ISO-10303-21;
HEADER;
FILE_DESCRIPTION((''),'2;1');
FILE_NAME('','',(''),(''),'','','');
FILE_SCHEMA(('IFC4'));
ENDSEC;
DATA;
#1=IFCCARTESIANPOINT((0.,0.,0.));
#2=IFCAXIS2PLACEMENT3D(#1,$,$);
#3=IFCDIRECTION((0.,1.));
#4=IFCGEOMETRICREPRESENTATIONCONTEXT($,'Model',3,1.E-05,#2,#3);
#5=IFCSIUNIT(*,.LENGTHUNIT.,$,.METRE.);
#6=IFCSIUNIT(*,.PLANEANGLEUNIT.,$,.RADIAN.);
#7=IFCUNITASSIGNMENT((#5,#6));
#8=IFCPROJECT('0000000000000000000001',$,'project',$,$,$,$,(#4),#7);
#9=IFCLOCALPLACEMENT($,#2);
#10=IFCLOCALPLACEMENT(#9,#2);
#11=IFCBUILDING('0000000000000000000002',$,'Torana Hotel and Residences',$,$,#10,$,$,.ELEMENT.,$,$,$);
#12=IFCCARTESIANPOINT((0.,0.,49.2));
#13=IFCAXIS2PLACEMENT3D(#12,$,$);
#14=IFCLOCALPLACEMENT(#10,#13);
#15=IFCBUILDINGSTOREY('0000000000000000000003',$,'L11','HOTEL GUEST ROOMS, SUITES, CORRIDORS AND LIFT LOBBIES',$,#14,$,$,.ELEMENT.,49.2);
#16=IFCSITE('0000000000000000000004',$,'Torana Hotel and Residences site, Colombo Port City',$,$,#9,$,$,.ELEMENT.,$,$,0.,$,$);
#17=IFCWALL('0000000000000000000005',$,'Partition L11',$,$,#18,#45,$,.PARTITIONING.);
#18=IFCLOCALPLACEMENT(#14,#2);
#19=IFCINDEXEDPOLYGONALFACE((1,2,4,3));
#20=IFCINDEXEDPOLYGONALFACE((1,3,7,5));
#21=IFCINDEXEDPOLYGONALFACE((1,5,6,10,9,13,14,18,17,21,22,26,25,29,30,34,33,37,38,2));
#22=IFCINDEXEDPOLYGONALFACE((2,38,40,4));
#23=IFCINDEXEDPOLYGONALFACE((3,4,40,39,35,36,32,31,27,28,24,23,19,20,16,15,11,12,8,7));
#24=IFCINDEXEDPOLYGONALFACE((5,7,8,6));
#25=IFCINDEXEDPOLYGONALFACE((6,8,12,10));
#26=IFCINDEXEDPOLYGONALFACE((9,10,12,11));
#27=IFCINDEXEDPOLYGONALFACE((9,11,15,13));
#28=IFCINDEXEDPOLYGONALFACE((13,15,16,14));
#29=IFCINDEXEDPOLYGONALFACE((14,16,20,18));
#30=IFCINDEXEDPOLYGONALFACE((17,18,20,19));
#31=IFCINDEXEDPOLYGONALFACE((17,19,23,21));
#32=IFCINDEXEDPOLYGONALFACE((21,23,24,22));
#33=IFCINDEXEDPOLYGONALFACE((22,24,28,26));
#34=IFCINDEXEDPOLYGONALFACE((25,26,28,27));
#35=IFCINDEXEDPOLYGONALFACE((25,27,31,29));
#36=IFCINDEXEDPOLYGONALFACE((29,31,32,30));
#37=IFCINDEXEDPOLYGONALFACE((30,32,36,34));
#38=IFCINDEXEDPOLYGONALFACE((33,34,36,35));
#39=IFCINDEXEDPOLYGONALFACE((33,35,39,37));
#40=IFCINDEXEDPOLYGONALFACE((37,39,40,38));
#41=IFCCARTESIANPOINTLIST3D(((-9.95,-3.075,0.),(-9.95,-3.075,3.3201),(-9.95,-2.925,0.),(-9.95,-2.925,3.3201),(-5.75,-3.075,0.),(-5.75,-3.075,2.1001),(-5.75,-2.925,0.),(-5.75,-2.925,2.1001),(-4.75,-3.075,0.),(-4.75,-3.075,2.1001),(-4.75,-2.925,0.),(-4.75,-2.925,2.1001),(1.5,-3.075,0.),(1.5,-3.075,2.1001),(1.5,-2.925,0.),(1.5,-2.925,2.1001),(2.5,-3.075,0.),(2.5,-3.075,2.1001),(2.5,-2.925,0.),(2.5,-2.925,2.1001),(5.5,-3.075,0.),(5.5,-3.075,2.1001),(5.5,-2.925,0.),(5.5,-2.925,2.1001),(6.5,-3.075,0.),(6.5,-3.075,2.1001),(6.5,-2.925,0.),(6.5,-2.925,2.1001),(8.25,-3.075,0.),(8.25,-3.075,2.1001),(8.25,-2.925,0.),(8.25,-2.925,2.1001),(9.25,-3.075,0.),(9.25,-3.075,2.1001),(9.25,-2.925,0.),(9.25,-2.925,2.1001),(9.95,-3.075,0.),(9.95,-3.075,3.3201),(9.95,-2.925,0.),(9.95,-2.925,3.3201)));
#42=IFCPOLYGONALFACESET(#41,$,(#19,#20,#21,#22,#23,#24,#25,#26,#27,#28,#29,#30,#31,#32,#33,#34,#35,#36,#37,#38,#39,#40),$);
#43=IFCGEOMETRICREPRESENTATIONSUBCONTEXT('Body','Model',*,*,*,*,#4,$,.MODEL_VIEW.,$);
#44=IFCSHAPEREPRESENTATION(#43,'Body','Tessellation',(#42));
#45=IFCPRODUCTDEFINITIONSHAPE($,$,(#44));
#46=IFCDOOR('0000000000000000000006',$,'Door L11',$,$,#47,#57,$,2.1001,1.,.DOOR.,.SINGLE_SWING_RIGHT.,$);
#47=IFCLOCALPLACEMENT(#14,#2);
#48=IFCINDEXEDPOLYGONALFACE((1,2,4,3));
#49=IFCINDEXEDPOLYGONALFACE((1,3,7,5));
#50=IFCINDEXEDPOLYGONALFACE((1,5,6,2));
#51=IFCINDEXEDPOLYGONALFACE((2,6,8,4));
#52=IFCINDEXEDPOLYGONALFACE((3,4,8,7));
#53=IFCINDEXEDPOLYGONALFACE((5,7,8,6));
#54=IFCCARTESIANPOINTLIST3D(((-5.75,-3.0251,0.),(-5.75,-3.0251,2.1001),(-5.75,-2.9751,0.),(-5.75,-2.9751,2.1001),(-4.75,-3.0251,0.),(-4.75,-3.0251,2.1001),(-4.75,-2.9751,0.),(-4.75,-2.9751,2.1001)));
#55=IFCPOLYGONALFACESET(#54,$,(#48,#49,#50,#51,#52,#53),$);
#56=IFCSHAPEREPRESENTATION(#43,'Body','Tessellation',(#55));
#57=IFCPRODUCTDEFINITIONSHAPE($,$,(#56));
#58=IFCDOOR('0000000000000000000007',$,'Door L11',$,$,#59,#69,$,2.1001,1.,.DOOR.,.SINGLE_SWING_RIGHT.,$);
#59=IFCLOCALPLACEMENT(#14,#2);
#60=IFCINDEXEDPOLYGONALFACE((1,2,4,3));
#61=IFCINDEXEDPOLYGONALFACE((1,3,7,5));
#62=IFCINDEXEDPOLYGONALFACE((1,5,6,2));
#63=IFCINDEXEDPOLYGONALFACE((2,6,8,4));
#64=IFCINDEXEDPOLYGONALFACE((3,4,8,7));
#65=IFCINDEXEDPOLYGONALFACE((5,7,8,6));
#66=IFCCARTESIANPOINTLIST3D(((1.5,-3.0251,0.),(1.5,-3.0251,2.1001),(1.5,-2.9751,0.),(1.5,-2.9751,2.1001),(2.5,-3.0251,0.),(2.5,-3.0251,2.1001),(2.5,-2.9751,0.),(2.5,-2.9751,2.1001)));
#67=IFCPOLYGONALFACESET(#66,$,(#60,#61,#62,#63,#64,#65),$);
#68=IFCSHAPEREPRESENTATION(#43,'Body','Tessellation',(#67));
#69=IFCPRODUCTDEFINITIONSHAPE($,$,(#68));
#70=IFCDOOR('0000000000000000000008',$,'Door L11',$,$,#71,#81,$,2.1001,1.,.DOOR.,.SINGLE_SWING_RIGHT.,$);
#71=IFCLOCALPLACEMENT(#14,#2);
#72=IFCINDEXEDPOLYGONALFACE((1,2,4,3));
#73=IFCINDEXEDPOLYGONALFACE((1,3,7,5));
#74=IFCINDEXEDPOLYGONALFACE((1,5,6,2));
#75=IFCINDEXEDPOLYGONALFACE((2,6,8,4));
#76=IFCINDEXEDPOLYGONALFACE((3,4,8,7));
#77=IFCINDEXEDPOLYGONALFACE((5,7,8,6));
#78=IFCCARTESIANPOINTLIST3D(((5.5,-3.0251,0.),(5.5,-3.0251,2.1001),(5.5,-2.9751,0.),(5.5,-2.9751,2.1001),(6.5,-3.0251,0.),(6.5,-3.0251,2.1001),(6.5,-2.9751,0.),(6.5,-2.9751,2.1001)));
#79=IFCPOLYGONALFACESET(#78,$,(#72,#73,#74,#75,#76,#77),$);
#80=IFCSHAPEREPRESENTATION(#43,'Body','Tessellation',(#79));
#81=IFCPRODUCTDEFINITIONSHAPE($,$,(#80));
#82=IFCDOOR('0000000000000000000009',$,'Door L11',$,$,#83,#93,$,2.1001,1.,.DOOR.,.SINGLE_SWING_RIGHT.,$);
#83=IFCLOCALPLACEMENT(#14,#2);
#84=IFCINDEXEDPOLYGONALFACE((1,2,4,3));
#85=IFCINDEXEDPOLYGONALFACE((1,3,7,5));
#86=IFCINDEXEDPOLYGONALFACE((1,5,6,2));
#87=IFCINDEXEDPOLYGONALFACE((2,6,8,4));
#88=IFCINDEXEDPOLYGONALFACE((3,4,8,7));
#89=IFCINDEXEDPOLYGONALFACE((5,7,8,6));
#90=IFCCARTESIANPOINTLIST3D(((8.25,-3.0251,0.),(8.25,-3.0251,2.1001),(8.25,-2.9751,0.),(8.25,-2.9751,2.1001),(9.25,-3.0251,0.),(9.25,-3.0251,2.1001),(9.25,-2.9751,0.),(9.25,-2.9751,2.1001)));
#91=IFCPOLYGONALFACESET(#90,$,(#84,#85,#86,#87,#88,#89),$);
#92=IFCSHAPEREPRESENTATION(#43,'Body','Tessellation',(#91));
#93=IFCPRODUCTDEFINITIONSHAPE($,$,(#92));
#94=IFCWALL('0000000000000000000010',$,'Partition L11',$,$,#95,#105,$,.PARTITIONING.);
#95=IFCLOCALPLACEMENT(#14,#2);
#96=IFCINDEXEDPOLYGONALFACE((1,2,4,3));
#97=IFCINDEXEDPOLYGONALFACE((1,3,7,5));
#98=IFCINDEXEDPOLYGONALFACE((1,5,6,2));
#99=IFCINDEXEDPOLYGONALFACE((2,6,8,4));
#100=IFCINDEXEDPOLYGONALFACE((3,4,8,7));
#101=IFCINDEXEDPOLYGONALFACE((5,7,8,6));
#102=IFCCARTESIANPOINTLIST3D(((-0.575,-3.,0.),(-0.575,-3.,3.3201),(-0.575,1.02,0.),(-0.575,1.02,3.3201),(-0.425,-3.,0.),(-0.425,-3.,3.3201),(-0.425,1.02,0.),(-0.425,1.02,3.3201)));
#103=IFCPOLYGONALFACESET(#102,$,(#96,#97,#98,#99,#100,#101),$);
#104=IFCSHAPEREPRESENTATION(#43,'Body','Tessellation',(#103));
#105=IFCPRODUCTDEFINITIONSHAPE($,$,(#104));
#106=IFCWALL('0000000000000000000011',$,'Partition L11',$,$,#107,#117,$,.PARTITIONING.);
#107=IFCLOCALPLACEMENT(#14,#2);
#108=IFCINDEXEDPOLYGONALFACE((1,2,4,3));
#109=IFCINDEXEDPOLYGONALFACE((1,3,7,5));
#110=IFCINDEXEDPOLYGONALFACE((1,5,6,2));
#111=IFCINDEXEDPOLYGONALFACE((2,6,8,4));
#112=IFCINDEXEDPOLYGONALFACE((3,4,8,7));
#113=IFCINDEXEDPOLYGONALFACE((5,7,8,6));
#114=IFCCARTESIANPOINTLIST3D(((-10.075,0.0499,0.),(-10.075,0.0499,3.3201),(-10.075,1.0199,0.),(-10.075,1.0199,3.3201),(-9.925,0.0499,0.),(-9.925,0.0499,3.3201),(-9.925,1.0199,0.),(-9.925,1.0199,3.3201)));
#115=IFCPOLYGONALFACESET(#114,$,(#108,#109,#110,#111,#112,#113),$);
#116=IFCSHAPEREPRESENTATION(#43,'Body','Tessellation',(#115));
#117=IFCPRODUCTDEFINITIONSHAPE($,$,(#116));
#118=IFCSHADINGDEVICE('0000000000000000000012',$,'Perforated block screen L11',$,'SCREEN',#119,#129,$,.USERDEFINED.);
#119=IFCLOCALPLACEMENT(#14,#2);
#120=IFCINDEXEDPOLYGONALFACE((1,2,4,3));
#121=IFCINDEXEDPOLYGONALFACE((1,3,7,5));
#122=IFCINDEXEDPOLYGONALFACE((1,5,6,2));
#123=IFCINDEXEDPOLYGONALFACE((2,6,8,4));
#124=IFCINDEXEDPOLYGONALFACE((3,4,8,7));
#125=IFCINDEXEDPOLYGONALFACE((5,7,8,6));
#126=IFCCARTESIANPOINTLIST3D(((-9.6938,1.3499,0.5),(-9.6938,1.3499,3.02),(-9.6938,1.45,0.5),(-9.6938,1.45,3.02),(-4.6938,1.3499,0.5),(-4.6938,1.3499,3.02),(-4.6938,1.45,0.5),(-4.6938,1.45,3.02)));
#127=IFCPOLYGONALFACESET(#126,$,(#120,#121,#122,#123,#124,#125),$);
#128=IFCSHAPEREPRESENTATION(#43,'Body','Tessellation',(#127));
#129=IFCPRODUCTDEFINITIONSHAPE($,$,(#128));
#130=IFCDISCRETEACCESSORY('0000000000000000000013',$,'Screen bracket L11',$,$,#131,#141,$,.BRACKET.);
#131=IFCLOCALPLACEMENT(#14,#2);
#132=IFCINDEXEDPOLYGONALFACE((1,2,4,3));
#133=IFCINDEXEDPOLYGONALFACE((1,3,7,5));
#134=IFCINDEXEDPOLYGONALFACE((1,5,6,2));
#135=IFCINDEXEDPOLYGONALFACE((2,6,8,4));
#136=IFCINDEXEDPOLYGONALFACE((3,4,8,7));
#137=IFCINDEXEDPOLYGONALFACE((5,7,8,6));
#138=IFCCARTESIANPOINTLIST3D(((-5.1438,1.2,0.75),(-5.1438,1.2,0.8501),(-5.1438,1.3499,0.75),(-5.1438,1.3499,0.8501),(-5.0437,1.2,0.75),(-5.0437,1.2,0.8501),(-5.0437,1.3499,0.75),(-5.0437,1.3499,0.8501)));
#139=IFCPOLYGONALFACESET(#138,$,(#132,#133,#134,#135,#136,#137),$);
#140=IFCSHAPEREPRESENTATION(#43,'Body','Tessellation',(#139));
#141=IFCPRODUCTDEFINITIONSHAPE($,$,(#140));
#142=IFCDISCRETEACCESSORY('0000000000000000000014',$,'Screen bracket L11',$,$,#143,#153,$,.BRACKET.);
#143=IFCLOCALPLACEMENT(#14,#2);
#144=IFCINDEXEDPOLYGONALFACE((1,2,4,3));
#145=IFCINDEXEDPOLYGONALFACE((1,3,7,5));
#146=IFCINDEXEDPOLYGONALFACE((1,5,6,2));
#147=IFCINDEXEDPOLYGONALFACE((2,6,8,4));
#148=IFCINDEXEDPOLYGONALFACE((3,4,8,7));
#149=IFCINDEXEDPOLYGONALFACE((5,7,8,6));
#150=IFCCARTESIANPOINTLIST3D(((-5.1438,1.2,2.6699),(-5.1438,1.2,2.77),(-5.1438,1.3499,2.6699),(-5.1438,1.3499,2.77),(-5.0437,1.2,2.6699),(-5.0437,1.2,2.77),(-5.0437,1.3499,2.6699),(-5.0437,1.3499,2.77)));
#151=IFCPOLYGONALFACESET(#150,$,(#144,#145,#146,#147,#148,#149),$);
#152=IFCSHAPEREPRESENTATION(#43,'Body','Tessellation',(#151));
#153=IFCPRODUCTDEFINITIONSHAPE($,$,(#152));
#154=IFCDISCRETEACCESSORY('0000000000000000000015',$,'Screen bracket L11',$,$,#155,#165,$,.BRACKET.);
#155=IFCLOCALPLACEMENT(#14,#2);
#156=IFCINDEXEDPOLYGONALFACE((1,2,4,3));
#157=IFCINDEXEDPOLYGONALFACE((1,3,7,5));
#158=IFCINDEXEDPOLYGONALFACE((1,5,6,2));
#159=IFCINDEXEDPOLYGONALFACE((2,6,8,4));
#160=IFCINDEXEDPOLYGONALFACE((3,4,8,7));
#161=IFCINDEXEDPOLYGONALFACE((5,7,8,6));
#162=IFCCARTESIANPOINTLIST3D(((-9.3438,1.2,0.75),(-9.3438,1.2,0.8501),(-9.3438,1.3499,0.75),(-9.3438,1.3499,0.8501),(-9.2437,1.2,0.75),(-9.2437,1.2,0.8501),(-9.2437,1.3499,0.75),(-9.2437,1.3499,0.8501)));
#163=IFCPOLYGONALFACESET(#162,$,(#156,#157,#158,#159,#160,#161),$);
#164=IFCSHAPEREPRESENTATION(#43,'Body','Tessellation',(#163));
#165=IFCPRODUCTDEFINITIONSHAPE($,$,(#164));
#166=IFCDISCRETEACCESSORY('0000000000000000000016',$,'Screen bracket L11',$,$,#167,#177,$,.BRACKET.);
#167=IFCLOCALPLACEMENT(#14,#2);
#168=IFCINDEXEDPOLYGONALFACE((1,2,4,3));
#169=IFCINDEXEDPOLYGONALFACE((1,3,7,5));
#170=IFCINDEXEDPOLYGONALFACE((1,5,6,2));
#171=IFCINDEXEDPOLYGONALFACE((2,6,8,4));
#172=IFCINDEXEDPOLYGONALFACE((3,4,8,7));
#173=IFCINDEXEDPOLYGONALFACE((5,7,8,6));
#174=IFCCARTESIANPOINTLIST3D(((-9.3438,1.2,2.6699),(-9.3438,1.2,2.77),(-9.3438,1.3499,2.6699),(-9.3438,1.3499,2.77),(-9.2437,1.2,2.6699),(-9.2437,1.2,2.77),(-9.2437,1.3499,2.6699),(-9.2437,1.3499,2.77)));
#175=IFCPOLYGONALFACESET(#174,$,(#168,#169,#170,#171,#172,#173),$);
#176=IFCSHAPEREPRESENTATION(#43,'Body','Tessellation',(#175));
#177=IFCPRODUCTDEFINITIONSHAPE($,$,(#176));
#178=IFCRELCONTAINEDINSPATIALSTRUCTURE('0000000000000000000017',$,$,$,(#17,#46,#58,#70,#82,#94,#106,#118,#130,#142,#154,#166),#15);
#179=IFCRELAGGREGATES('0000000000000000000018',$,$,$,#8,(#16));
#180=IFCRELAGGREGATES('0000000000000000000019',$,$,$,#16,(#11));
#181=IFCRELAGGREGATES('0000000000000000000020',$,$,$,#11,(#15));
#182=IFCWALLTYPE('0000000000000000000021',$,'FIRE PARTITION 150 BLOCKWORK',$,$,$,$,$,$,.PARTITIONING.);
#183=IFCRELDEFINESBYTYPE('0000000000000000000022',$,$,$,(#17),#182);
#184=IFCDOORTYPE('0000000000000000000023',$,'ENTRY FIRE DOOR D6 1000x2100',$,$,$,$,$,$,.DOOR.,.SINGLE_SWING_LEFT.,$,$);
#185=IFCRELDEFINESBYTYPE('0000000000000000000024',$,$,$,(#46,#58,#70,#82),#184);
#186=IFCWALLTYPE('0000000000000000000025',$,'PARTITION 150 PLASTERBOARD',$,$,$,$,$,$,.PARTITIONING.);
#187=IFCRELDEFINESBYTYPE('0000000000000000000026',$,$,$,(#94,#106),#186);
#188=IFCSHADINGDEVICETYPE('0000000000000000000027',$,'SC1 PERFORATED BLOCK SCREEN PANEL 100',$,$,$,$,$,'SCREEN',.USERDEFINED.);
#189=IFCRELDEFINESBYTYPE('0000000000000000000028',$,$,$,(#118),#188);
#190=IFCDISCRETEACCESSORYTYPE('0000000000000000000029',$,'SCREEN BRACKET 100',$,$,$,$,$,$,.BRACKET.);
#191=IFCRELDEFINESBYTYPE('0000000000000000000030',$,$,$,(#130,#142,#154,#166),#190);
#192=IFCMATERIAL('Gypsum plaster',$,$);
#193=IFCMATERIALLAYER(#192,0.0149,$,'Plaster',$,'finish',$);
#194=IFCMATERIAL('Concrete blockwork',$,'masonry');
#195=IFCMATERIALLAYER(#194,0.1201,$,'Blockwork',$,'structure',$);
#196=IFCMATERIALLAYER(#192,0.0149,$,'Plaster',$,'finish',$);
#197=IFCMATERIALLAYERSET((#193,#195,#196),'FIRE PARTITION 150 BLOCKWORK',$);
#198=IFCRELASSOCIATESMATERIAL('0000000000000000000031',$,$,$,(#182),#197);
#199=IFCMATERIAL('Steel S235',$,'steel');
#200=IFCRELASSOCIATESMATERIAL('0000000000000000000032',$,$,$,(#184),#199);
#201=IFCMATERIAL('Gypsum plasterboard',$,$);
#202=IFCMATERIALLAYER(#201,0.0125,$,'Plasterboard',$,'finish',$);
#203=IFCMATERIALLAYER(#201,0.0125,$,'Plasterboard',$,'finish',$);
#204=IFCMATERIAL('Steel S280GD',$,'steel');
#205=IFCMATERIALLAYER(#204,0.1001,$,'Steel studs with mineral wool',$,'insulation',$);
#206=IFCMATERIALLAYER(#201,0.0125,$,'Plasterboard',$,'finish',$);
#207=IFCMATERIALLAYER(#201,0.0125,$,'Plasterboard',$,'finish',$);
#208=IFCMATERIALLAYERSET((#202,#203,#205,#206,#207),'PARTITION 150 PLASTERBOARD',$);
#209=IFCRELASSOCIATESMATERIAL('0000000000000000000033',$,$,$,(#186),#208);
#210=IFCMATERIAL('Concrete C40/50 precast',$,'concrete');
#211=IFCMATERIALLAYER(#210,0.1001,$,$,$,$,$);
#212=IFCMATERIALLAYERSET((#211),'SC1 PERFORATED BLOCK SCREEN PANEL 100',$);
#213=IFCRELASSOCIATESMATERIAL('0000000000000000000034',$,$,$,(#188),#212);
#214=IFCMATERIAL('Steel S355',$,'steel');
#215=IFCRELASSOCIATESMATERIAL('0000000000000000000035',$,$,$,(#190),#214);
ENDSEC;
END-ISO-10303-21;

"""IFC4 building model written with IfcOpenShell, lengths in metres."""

from ifc_helpers import new_model, si_unit, direction, frame, frame_2d, origin, origin_2d, place, context, subcontext, project, spatial, rectangle, extrude, material, layer, layer_set, type_object, element, fill, save


model = new_model("IFC4")

# Units and contexts
model_context = context("Model", 3, precision=1e-05, world=origin(), true_north=direction((0.0, 1.0)))
body_context = subcontext(model_context, "Body", "Model", "MODEL_VIEW")
ifc_project = project(units=[si_unit("LENGTHUNIT", "METRE"), si_unit("PLANEANGLEUNIT", "RADIAN")], contexts=[model_context])

# Site, building, storey
site_placement = place(None, origin())
site = spatial("IfcSite", under=ifc_project, at=site_placement, Name="Torana Hotel and Residences site, Colombo Port City", CompositionType="ELEMENT", RefElevation=0.0)
building_placement = place(site_placement, origin())
building = spatial("IfcBuilding", under=site, at=building_placement, Name="Torana Hotel and Residences", CompositionType="ELEMENT")
storey_placement = place(building_placement, frame((0.0, 0.0, 49.2)))
storey = spatial("IfcBuildingStorey", under=building, at=storey_placement, Name="L11", Description="HOTEL GUEST ROOMS, SUITES, CORRIDORS AND LIFT LOBBIES", CompositionType="ELEMENT", Elevation=49.2)

# Shared definitions
ifc_material_1 = material(Name="Gypsum plaster")
ifc_layer_1 = layer(ifc_material_1, 0.0149, Name="Plaster", Category="finish")
ifc_material_2 = material(Name="Concrete blockwork", Category="masonry")
ifc_layer_2 = layer(ifc_material_2, 0.1201, Name="Blockwork", Category="structure")
ifc_layer_3 = layer(ifc_material_1, 0.0149, Name="Plaster", Category="finish")
ifc_layer_set_1 = layer_set([ifc_layer_1, ifc_layer_2, ifc_layer_3], Name="FIRE PARTITION 150 BLOCKWORK")
wall_type_1 = type_object("IfcWallType", Name="FIRE PARTITION 150 BLOCKWORK", PredefinedType="PARTITIONING", material=ifc_layer_set_1)

# Wall, openings, doors
ifc_material_3 = material(Name="Steel S235", Category="steel")
door_type = type_object("IfcDoorType", Name="ENTRY FIRE DOOR D6 1000x2100", OperationType="SINGLE_SWING_LEFT", PredefinedType="DOOR", material=ifc_material_3)
wall_1_placement = place(storey_placement, frame((-9.95, -3.0, 0.0), z_axis=(0.0, 0.0, 1.0), x_axis=(1.0, 0.0, 0.0)))
wall_1 = element("IfcWall", 1, at=wall_1_placement, inside=storey, type_object=wall_type_1, Name="Partition L11", PredefinedType="PARTITIONING", context=body_context, shape_type="SweptSolid", body=[
    extrude(rectangle(XDim=19.8999, YDim=0.1499, at=frame_2d((9.95, 0.0))), origin(), (0.0, 0.0, 1.0), 3.3201),
])
opening_1_placement = place(wall_1_placement, frame((4.2, 0.0, 0.0)))
opening_1 = element("IfcOpeningElement", 2, at=opening_1_placement, cuts=wall_1, PredefinedType="OPENING", context=body_context, shape_type="SweptSolid", body=[
    extrude(rectangle(XDim=1.0, YDim=2.1001, at=frame_2d((0.5, 1.05))), frame((0.0, 0.085, 0.0), z_axis=(0.0, -1.0, 0.0), x_axis=(1.0, 0.0, 0.0)), (0.0, 0.0, 1.0), 0.1699),
])
opening_2_placement = place(wall_1_placement, frame((11.45, 0.0, 0.0)))
opening_2 = element("IfcOpeningElement", 3, at=opening_2_placement, cuts=wall_1, PredefinedType="OPENING", context=body_context, shape_type="SweptSolid", body=[
    extrude(rectangle(XDim=1.0, YDim=2.1001, at=frame_2d((0.5, 1.05))), frame((0.0, 0.085, 0.0), z_axis=(0.0, -1.0, 0.0), x_axis=(1.0, 0.0, 0.0)), (0.0, 0.0, 1.0), 0.1699),
])
opening_3_placement = place(wall_1_placement, frame((15.45, 0.0, 0.0)))
opening_3 = element("IfcOpeningElement", 4, at=opening_3_placement, cuts=wall_1, PredefinedType="OPENING", context=body_context, shape_type="SweptSolid", body=[
    extrude(rectangle(XDim=1.0, YDim=2.1001, at=frame_2d((0.5, 1.05))), frame((0.0, 0.085, 0.0), z_axis=(0.0, -1.0, 0.0), x_axis=(1.0, 0.0, 0.0)), (0.0, 0.0, 1.0), 0.1699),
])
opening_4_placement = place(wall_1_placement, frame((18.2, 0.0, 0.0)))
opening_4 = element("IfcOpeningElement", 5, at=opening_4_placement, cuts=wall_1, PredefinedType="OPENING", context=body_context, shape_type="SweptSolid", body=[
    extrude(rectangle(XDim=1.0, YDim=2.1001, at=frame_2d((0.5, 1.05))), frame((0.0, 0.085, 0.0), z_axis=(0.0, -1.0, 0.0), x_axis=(1.0, 0.0, 0.0)), (0.0, 0.0, 1.0), 0.1699),
])
door_1_placement = place(opening_1_placement, origin())
door_1 = element("IfcDoor", 6, at=door_1_placement, inside=storey, type_object=door_type, Name="Door L11", OperationType="SINGLE_SWING_RIGHT", OverallHeight=2.1001, OverallWidth=1.0, PredefinedType="DOOR", context=body_context, shape_type="SweptSolid", body=[
    extrude(rectangle(XDim=1.0, YDim=2.1001, at=frame_2d((0.5, 1.05))), frame((0.0, 0.0249, 0.0), z_axis=(0.0, -1.0, 0.0), x_axis=(1.0, 0.0, 0.0)), (0.0, 0.0, 1.0), 0.05),
])
fill(opening_1, door_1)
door_2_placement = place(opening_2_placement, origin())
door_2 = element("IfcDoor", 7, at=door_2_placement, inside=storey, type_object=door_type, Name="Door L11", OperationType="SINGLE_SWING_RIGHT", OverallHeight=2.1001, OverallWidth=1.0, PredefinedType="DOOR", context=body_context, shape_type="SweptSolid", body=[
    extrude(rectangle(XDim=1.0, YDim=2.1001, at=frame_2d((0.5, 1.05))), frame((0.0, 0.0249, 0.0), z_axis=(0.0, -1.0, 0.0), x_axis=(1.0, 0.0, 0.0)), (0.0, 0.0, 1.0), 0.05),
])
fill(opening_2, door_2)
door_3_placement = place(opening_3_placement, origin())
door_3 = element("IfcDoor", 8, at=door_3_placement, inside=storey, type_object=door_type, Name="Door L11", OperationType="SINGLE_SWING_RIGHT", OverallHeight=2.1001, OverallWidth=1.0, PredefinedType="DOOR", context=body_context, shape_type="SweptSolid", body=[
    extrude(rectangle(XDim=1.0, YDim=2.1001, at=frame_2d((0.5, 1.05))), frame((0.0, 0.0249, 0.0), z_axis=(0.0, -1.0, 0.0), x_axis=(1.0, 0.0, 0.0)), (0.0, 0.0, 1.0), 0.05),
])
fill(opening_3, door_3)
door_4_placement = place(opening_4_placement, origin())
door_4 = element("IfcDoor", 9, at=door_4_placement, inside=storey, type_object=door_type, Name="Door L11", OperationType="SINGLE_SWING_RIGHT", OverallHeight=2.1001, OverallWidth=1.0, PredefinedType="DOOR", context=body_context, shape_type="SweptSolid", body=[
    extrude(rectangle(XDim=1.0, YDim=2.1001, at=frame_2d((0.5, 1.05))), frame((0.0, 0.0249, 0.0), z_axis=(0.0, -1.0, 0.0), x_axis=(1.0, 0.0, 0.0)), (0.0, 0.0, 1.0), 0.05),
])
fill(opening_4, door_4)

# Walls
ifc_material_4 = material(Name="Gypsum plasterboard")
ifc_layer_4 = layer(ifc_material_4, 0.0125, Name="Plasterboard", Category="finish")
ifc_layer_5 = layer(ifc_material_4, 0.0125, Name="Plasterboard", Category="finish")
ifc_material_5 = material(Name="Steel S280GD", Category="steel")
ifc_layer_6 = layer(ifc_material_5, 0.1001, Name="Steel studs with mineral wool", Category="insulation")
ifc_layer_7 = layer(ifc_material_4, 0.0125, Name="Plasterboard", Category="finish")
ifc_layer_8 = layer(ifc_material_4, 0.0125, Name="Plasterboard", Category="finish")
ifc_layer_set_2 = layer_set([ifc_layer_4, ifc_layer_5, ifc_layer_6, ifc_layer_7, ifc_layer_8], Name="PARTITION 150 PLASTERBOARD")
wall_type_2 = type_object("IfcWallType", Name="PARTITION 150 PLASTERBOARD", PredefinedType="PARTITIONING", material=ifc_layer_set_2)
wall_2_placement = place(storey_placement, frame((-0.5, -3.0, 0.0), z_axis=(0.0, 0.0, 1.0), x_axis=(0.0, 1.0, 0.0)))
element("IfcWall", 10, at=wall_2_placement, inside=storey, type_object=wall_type_2, Name="Partition L11", PredefinedType="PARTITIONING", context=body_context, shape_type="SweptSolid", body=[
    extrude(rectangle(XDim=4.02, YDim=0.1499, at=frame_2d((2.01, 0.0))), origin(), (0.0, 0.0, 1.0), 3.3201),
])
wall_3_placement = place(storey_placement, frame((-10.0, 0.05, 0.0), z_axis=(0.0, 0.0, 1.0), x_axis=(0.0, 1.0, 0.0)))
element("IfcWall", 11, at=wall_3_placement, inside=storey, type_object=wall_type_2, Name="Partition L11", PredefinedType="PARTITIONING", context=body_context, shape_type="SweptSolid", body=[
    extrude(rectangle(XDim=0.97, YDim=0.1499, at=frame_2d((0.4849, 0.0))), origin(), (0.0, 0.0, 1.0), 3.3201),
])

# Shading device
ifc_material_6 = material(Name="Concrete C40/50 precast", Category="concrete")
ifc_layer_9 = layer(ifc_material_6, 0.1001)
ifc_layer_set_3 = layer_set([ifc_layer_9], Name="SC1 PERFORATED BLOCK SCREEN PANEL 100")
shading_device_type = type_object("IfcShadingDeviceType", Name="SC1 PERFORATED BLOCK SCREEN PANEL 100", ElementType="SCREEN", PredefinedType="USERDEFINED", material=ifc_layer_set_3)
shading_device_placement = place(storey_placement, frame((-7.1938, 1.3999, 0.5), z_axis=(0.0, 0.0, 1.0), x_axis=(-1.0, 0.0, 0.0)))
element("IfcShadingDevice", 12, at=shading_device_placement, inside=storey, type_object=shading_device_type, Name="Perforated block screen L11", ObjectType="SCREEN", PredefinedType="USERDEFINED", context=body_context, shape_type="SweptSolid", body=[
    extrude(rectangle(XDim=5.0, YDim=0.1001, at=origin_2d()), origin(), (0.0, 0.0, 1.0), 2.52),
])

# Discrete accessories
ifc_material_7 = material(Name="Steel S355", Category="steel")
discrete_accessory_type = type_object("IfcDiscreteAccessoryType", Name="SCREEN BRACKET 100", PredefinedType="BRACKET", material=ifc_material_7)
for number, where, z_axis, x_axis, name in (
    (13, (-5.0938, 1.2749, 0.75), (0.0, 0.0, 1.0), (-1.0, 0.0, 0.0), "Screen bracket L11"),
    (14, (-5.0938, 1.2749, 2.6699), (0.0, 0.0, 1.0), (-1.0, 0.0, 0.0), "Screen bracket L11"),
    (15, (-9.2937, 1.2749, 0.75), (0.0, 0.0, 1.0), (-1.0, 0.0, 0.0), "Screen bracket L11"),
    (16, (-9.2937, 1.2749, 2.6699), (0.0, 0.0, 1.0), (-1.0, 0.0, 0.0), "Screen bracket L11"),
):
    element("IfcDiscreteAccessory", number, at=place(storey_placement, frame(where, z_axis=z_axis, x_axis=x_axis)), inside=storey, type_object=discrete_accessory_type, Name=name, PredefinedType="BRACKET", context=body_context, shape_type="SweptSolid", body=[
        extrude(rectangle(XDim=0.1001, YDim=0.1499, at=origin_2d()), origin(), (0.0, 0.0, 1.0), 0.1001),
    ])

save(model, "model.ifc")
